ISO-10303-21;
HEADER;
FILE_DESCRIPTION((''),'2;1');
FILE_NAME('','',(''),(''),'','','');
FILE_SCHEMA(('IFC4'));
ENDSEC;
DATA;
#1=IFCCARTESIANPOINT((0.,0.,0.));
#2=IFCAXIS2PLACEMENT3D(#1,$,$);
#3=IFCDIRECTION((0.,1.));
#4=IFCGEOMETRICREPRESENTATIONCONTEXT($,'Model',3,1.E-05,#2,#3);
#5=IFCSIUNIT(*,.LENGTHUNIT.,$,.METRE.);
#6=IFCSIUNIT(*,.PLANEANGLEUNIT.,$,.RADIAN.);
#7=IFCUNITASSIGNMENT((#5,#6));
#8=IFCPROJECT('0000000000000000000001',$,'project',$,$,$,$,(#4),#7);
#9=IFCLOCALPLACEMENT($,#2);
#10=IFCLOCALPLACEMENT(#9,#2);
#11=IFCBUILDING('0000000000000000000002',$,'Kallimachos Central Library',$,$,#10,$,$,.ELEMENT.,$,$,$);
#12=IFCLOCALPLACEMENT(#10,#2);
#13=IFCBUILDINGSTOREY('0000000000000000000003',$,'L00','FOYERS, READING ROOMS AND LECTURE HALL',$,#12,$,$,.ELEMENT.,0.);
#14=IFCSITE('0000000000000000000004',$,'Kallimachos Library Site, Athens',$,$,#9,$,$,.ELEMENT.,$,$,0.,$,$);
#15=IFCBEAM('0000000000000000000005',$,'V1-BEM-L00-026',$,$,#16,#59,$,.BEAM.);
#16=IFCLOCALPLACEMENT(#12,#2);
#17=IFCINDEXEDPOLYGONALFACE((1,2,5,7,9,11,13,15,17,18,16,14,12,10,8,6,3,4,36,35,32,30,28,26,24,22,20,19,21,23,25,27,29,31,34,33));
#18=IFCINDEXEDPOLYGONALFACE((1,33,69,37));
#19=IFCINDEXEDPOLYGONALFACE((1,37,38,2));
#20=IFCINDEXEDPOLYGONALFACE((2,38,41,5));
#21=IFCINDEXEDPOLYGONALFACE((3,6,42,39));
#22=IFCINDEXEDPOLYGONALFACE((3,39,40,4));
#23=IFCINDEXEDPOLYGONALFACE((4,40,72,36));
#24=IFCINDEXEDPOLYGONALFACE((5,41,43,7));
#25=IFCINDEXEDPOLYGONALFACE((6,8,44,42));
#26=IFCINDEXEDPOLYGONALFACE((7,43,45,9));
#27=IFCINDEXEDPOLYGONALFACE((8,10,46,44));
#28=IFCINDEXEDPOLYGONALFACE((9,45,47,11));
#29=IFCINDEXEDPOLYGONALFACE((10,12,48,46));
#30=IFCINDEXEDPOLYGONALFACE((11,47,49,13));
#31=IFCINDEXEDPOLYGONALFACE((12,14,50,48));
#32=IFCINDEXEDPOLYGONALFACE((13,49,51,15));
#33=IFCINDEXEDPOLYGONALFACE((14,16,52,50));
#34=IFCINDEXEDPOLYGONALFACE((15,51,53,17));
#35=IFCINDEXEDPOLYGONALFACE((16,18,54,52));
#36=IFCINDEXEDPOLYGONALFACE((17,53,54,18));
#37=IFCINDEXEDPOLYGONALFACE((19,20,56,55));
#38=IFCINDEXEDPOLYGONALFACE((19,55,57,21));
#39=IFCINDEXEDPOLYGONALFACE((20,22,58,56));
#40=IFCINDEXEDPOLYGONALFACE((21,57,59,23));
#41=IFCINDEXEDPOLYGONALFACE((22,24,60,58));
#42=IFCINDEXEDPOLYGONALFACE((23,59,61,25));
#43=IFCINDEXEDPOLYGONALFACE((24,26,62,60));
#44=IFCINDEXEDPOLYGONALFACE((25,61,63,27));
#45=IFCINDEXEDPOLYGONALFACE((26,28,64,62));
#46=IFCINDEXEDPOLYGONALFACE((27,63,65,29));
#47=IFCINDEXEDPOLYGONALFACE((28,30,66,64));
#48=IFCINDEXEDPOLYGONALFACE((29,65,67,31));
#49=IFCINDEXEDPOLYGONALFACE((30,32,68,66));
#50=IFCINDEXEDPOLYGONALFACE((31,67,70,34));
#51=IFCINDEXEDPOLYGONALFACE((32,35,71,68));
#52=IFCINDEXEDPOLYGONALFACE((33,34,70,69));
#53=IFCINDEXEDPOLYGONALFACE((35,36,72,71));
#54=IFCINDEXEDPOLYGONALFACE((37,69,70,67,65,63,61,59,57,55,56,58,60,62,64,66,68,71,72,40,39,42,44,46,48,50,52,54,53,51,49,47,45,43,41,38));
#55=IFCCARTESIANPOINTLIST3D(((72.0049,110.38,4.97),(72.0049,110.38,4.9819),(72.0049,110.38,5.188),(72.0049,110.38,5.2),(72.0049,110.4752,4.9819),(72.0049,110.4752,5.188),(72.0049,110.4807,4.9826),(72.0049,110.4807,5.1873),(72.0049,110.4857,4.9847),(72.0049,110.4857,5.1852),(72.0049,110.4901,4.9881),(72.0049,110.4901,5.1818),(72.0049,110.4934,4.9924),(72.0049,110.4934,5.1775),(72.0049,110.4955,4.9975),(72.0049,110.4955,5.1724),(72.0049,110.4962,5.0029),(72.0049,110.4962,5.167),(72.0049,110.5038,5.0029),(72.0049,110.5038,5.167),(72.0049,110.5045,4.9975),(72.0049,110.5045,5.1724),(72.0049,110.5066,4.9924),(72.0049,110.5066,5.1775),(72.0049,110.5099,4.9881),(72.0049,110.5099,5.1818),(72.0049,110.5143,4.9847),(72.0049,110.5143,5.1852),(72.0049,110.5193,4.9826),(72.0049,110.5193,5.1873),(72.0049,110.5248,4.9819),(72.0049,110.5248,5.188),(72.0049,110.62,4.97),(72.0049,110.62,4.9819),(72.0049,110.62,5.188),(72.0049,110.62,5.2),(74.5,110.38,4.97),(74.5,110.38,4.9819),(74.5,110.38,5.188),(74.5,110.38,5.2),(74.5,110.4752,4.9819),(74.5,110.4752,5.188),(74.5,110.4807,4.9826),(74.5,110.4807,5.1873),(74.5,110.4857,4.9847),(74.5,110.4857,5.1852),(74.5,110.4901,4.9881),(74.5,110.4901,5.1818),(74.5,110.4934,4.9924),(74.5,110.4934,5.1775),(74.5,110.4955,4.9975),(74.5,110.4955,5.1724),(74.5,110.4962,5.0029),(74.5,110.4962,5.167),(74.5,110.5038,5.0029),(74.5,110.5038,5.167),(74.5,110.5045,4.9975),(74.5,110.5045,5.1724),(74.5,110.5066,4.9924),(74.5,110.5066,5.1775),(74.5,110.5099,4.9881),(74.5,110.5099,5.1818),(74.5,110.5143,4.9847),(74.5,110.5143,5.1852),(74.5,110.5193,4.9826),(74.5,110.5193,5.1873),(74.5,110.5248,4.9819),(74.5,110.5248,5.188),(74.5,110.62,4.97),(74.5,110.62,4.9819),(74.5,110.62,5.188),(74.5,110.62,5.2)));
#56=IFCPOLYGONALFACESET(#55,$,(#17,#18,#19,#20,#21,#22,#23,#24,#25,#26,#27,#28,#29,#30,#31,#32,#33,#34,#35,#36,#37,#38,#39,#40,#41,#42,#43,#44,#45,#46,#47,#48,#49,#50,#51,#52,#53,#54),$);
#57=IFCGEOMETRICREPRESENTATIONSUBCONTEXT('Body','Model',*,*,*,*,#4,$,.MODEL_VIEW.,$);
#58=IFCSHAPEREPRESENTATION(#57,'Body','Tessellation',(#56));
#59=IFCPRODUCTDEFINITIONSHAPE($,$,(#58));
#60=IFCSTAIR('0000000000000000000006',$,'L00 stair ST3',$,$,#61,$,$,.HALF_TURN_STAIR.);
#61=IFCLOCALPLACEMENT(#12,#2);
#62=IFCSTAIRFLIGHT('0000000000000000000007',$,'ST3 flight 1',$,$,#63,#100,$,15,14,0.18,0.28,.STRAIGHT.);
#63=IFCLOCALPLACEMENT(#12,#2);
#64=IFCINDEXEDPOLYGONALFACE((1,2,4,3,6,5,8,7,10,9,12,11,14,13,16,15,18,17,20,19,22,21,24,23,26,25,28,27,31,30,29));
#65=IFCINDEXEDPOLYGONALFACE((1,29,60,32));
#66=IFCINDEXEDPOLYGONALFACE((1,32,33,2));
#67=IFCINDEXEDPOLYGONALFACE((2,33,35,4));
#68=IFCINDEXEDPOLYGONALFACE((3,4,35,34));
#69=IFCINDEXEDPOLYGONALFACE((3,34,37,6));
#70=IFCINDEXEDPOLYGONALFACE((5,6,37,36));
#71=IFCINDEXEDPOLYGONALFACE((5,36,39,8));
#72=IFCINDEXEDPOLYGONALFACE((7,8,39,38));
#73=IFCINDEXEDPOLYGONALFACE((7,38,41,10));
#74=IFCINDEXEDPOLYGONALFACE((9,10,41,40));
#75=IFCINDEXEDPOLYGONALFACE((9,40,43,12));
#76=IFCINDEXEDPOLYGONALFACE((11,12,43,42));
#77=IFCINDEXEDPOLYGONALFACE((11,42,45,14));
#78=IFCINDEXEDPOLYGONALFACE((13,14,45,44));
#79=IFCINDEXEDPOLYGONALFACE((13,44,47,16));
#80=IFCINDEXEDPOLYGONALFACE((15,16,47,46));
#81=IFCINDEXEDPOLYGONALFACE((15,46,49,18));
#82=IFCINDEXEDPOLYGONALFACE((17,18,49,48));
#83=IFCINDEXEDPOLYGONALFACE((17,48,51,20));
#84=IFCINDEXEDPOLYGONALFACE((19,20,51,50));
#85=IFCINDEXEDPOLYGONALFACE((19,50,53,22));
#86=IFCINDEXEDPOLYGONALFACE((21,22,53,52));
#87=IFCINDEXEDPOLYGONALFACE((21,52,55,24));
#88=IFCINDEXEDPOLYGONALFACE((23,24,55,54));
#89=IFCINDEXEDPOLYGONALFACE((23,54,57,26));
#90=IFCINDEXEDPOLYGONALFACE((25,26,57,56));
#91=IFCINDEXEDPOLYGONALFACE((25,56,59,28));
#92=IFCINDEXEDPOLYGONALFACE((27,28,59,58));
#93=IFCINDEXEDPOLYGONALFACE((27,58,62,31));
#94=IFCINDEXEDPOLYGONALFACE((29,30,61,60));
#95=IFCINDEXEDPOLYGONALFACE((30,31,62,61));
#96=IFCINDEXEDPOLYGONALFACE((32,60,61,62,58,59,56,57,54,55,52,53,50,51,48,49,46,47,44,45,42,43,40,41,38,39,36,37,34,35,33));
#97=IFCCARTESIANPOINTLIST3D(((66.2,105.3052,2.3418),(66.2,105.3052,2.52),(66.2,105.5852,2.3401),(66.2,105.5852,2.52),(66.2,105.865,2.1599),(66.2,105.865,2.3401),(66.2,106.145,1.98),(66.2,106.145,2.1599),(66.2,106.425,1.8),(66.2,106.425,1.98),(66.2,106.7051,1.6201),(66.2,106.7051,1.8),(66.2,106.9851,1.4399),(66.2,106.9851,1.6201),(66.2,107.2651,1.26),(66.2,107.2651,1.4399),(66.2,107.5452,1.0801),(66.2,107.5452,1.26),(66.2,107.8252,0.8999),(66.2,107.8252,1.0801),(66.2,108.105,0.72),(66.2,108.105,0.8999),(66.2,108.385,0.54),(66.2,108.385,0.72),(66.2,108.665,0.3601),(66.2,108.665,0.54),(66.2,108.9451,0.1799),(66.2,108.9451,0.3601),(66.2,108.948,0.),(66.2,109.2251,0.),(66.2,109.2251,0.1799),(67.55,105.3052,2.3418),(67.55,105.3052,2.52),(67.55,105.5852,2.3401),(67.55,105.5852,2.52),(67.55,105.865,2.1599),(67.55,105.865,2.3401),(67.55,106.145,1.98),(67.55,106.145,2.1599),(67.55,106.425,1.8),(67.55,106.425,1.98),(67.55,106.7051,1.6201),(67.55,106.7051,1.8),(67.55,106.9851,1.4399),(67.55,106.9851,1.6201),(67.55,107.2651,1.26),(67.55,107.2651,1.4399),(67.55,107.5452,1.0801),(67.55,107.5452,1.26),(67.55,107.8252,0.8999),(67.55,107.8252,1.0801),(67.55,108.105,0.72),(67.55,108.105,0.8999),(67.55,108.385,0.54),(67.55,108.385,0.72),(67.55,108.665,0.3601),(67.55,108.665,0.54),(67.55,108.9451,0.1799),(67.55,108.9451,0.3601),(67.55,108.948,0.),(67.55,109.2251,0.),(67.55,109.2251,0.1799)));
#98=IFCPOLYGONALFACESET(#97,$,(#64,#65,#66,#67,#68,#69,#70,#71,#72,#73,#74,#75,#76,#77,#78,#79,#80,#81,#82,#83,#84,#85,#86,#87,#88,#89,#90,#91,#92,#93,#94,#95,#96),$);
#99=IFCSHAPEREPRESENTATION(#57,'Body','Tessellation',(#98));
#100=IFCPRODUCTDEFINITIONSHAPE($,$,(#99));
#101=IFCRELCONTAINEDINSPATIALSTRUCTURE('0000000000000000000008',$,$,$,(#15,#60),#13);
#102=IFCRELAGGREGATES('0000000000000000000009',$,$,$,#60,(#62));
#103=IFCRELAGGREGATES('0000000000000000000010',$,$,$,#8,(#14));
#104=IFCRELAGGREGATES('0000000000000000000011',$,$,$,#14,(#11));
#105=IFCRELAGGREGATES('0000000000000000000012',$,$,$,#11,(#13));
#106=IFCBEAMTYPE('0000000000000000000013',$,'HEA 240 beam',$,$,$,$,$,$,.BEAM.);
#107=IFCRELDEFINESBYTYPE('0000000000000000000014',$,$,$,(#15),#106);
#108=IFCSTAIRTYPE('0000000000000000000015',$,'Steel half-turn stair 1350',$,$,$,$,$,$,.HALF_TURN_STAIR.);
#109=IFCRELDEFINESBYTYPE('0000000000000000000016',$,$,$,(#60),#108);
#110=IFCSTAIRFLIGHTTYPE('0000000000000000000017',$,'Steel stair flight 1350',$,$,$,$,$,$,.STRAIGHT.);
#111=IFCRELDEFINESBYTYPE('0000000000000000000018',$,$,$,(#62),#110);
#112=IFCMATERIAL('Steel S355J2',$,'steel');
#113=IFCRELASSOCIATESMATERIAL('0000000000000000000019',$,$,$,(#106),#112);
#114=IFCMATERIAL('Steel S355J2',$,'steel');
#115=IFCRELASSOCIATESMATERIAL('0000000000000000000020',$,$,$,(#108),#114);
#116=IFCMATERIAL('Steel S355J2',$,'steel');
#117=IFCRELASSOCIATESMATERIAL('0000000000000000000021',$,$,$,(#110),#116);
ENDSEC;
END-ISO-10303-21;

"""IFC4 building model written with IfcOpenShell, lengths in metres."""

from ifc_helpers import new_model, si_unit, direction, frame, origin, origin_2d, place, context, subcontext, project, spatial, polyline, i_section, outline, extrude, material, material_profile, profile_set, type_object, element, aggregate, save


model = new_model("IFC4")

# Units and contexts
model_context = context("Model", 3, precision=1e-05, world=origin(), true_north=direction((0.0, 1.0)))
body_context = subcontext(model_context, "Body", "Model", "MODEL_VIEW")
ifc_project = project(units=[si_unit("LENGTHUNIT", "METRE"), si_unit("PLANEANGLEUNIT", "RADIAN")], contexts=[model_context])

# Site, building, storey
site_placement = place(None, origin())
site = spatial("IfcSite", under=ifc_project, at=site_placement, Name="Kallimachos Library Site, Athens", CompositionType="ELEMENT", RefElevation=0.0)
building_placement = place(site_placement, origin())
building = spatial("IfcBuilding", under=site, at=building_placement, Name="Kallimachos Central Library", CompositionType="ELEMENT")
storey_placement = place(building_placement, origin())
storey = spatial("IfcBuildingStorey", under=building, at=storey_placement, Name="L00", Description="FOYERS, READING ROOMS AND LECTURE HALL", CompositionType="ELEMENT", Elevation=0.0)

# Beam
ifc_material_1 = material(Name="Steel S355J2", Category="steel")
ifc_material_profile_1 = material_profile(ifc_material_1, i_section(OverallWidth=0.24, OverallDepth=0.23, WebThickness=0.0076, FlangeThickness=0.012, FilletRadius=0.021, at=origin_2d()), Name="HEA 240")
ifc_profile_set_1 = profile_set([ifc_material_profile_1], Name="Steel S355J2")
beam_type = type_object("IfcBeamType", Name="HEA 240 beam", PredefinedType="BEAM", material=ifc_profile_set_1)
beam_placement = place(storey_placement, frame((72.0049, 110.5, 5.085), z_axis=(1.0, 0.0, 0.0), x_axis=(0.0, 1.0, 0.0)))
element("IfcBeam", 1, at=beam_placement, inside=storey, type_object=beam_type, Name="V1-BEM-L00-026", PredefinedType="BEAM", context=body_context, shape_type="SweptSolid", body=[
    extrude(i_section(OverallWidth=0.24, OverallDepth=0.23, WebThickness=0.0076, FlangeThickness=0.012, FilletRadius=0.021, at=origin_2d()), origin(), (0.0, 0.0, 1.0), 2.4951),
])

# Stair, stair flight
ifc_material_2 = material(Name="Steel S355J2", Category="steel")
stair_type = type_object("IfcStairType", Name="Steel half-turn stair 1350", PredefinedType="HALF_TURN_STAIR", material=ifc_material_2)
stair_placement = place(storey_placement, origin())
stair = element("IfcStair", 2, at=stair_placement, inside=storey, type_object=stair_type, Name="L00 stair ST3", PredefinedType="HALF_TURN_STAIR")
ifc_material_3 = material(Name="Steel S355J2", Category="steel")
stair_flight_type = type_object("IfcStairFlightType", Name="Steel stair flight 1350", PredefinedType="STRAIGHT", material=ifc_material_3)
stair_flight_placement = place(storey_placement, frame((66.875, 109.2251, 0.0), z_axis=(0.0, 0.0, 1.0), x_axis=(0.0, -1.0, 0.0)))
stair_flight = element("IfcStairFlight", 3, at=stair_flight_placement, type_object=stair_flight_type, Name="ST3 flight 1", NumberOfRisers=15, NumberOfTreads=14, PredefinedType="STRAIGHT", RiserHeight=0.18, TreadLength=0.28, context=body_context, shape_type="SweptSolid", body=[
    extrude(outline(polyline([(0.0, 0.0), (0.0, 0.1799), (0.28, 0.1799), (0.28, 0.3601), (0.5601, 0.3601), (0.5601, 0.54), (0.8401, 0.54), (0.8401, 0.72), (1.1201, 0.72), (1.1201, 0.8999), (1.3999, 0.8999), (1.3999, 1.0801), (1.6799, 1.0801), (1.6799, 1.26), (1.96, 1.26), (1.96, 1.4399), (2.24, 1.4399), (2.24, 1.6201), (2.52, 1.6201), (2.52, 1.8), (2.8, 1.8), (2.8, 1.98), (3.0801, 1.98), (3.0801, 2.1599), (3.3601, 2.1599), (3.3601, 2.3401), (3.6399, 2.3401), (3.6399, 2.52), (3.9199, 2.52), (3.9199, 2.7), (3.9199, 2.3418), (0.2771, 0.0), (0.0, 0.0)])), frame((0.0, 0.675, 0.0), z_axis=(0.0, -1.0, 0.0), x_axis=(1.0, 0.0, 0.0)), (0.0, 0.0, 1.0), 1.3501),
])
aggregate(stair, [stair_flight])

save(model, "model.ifc")
